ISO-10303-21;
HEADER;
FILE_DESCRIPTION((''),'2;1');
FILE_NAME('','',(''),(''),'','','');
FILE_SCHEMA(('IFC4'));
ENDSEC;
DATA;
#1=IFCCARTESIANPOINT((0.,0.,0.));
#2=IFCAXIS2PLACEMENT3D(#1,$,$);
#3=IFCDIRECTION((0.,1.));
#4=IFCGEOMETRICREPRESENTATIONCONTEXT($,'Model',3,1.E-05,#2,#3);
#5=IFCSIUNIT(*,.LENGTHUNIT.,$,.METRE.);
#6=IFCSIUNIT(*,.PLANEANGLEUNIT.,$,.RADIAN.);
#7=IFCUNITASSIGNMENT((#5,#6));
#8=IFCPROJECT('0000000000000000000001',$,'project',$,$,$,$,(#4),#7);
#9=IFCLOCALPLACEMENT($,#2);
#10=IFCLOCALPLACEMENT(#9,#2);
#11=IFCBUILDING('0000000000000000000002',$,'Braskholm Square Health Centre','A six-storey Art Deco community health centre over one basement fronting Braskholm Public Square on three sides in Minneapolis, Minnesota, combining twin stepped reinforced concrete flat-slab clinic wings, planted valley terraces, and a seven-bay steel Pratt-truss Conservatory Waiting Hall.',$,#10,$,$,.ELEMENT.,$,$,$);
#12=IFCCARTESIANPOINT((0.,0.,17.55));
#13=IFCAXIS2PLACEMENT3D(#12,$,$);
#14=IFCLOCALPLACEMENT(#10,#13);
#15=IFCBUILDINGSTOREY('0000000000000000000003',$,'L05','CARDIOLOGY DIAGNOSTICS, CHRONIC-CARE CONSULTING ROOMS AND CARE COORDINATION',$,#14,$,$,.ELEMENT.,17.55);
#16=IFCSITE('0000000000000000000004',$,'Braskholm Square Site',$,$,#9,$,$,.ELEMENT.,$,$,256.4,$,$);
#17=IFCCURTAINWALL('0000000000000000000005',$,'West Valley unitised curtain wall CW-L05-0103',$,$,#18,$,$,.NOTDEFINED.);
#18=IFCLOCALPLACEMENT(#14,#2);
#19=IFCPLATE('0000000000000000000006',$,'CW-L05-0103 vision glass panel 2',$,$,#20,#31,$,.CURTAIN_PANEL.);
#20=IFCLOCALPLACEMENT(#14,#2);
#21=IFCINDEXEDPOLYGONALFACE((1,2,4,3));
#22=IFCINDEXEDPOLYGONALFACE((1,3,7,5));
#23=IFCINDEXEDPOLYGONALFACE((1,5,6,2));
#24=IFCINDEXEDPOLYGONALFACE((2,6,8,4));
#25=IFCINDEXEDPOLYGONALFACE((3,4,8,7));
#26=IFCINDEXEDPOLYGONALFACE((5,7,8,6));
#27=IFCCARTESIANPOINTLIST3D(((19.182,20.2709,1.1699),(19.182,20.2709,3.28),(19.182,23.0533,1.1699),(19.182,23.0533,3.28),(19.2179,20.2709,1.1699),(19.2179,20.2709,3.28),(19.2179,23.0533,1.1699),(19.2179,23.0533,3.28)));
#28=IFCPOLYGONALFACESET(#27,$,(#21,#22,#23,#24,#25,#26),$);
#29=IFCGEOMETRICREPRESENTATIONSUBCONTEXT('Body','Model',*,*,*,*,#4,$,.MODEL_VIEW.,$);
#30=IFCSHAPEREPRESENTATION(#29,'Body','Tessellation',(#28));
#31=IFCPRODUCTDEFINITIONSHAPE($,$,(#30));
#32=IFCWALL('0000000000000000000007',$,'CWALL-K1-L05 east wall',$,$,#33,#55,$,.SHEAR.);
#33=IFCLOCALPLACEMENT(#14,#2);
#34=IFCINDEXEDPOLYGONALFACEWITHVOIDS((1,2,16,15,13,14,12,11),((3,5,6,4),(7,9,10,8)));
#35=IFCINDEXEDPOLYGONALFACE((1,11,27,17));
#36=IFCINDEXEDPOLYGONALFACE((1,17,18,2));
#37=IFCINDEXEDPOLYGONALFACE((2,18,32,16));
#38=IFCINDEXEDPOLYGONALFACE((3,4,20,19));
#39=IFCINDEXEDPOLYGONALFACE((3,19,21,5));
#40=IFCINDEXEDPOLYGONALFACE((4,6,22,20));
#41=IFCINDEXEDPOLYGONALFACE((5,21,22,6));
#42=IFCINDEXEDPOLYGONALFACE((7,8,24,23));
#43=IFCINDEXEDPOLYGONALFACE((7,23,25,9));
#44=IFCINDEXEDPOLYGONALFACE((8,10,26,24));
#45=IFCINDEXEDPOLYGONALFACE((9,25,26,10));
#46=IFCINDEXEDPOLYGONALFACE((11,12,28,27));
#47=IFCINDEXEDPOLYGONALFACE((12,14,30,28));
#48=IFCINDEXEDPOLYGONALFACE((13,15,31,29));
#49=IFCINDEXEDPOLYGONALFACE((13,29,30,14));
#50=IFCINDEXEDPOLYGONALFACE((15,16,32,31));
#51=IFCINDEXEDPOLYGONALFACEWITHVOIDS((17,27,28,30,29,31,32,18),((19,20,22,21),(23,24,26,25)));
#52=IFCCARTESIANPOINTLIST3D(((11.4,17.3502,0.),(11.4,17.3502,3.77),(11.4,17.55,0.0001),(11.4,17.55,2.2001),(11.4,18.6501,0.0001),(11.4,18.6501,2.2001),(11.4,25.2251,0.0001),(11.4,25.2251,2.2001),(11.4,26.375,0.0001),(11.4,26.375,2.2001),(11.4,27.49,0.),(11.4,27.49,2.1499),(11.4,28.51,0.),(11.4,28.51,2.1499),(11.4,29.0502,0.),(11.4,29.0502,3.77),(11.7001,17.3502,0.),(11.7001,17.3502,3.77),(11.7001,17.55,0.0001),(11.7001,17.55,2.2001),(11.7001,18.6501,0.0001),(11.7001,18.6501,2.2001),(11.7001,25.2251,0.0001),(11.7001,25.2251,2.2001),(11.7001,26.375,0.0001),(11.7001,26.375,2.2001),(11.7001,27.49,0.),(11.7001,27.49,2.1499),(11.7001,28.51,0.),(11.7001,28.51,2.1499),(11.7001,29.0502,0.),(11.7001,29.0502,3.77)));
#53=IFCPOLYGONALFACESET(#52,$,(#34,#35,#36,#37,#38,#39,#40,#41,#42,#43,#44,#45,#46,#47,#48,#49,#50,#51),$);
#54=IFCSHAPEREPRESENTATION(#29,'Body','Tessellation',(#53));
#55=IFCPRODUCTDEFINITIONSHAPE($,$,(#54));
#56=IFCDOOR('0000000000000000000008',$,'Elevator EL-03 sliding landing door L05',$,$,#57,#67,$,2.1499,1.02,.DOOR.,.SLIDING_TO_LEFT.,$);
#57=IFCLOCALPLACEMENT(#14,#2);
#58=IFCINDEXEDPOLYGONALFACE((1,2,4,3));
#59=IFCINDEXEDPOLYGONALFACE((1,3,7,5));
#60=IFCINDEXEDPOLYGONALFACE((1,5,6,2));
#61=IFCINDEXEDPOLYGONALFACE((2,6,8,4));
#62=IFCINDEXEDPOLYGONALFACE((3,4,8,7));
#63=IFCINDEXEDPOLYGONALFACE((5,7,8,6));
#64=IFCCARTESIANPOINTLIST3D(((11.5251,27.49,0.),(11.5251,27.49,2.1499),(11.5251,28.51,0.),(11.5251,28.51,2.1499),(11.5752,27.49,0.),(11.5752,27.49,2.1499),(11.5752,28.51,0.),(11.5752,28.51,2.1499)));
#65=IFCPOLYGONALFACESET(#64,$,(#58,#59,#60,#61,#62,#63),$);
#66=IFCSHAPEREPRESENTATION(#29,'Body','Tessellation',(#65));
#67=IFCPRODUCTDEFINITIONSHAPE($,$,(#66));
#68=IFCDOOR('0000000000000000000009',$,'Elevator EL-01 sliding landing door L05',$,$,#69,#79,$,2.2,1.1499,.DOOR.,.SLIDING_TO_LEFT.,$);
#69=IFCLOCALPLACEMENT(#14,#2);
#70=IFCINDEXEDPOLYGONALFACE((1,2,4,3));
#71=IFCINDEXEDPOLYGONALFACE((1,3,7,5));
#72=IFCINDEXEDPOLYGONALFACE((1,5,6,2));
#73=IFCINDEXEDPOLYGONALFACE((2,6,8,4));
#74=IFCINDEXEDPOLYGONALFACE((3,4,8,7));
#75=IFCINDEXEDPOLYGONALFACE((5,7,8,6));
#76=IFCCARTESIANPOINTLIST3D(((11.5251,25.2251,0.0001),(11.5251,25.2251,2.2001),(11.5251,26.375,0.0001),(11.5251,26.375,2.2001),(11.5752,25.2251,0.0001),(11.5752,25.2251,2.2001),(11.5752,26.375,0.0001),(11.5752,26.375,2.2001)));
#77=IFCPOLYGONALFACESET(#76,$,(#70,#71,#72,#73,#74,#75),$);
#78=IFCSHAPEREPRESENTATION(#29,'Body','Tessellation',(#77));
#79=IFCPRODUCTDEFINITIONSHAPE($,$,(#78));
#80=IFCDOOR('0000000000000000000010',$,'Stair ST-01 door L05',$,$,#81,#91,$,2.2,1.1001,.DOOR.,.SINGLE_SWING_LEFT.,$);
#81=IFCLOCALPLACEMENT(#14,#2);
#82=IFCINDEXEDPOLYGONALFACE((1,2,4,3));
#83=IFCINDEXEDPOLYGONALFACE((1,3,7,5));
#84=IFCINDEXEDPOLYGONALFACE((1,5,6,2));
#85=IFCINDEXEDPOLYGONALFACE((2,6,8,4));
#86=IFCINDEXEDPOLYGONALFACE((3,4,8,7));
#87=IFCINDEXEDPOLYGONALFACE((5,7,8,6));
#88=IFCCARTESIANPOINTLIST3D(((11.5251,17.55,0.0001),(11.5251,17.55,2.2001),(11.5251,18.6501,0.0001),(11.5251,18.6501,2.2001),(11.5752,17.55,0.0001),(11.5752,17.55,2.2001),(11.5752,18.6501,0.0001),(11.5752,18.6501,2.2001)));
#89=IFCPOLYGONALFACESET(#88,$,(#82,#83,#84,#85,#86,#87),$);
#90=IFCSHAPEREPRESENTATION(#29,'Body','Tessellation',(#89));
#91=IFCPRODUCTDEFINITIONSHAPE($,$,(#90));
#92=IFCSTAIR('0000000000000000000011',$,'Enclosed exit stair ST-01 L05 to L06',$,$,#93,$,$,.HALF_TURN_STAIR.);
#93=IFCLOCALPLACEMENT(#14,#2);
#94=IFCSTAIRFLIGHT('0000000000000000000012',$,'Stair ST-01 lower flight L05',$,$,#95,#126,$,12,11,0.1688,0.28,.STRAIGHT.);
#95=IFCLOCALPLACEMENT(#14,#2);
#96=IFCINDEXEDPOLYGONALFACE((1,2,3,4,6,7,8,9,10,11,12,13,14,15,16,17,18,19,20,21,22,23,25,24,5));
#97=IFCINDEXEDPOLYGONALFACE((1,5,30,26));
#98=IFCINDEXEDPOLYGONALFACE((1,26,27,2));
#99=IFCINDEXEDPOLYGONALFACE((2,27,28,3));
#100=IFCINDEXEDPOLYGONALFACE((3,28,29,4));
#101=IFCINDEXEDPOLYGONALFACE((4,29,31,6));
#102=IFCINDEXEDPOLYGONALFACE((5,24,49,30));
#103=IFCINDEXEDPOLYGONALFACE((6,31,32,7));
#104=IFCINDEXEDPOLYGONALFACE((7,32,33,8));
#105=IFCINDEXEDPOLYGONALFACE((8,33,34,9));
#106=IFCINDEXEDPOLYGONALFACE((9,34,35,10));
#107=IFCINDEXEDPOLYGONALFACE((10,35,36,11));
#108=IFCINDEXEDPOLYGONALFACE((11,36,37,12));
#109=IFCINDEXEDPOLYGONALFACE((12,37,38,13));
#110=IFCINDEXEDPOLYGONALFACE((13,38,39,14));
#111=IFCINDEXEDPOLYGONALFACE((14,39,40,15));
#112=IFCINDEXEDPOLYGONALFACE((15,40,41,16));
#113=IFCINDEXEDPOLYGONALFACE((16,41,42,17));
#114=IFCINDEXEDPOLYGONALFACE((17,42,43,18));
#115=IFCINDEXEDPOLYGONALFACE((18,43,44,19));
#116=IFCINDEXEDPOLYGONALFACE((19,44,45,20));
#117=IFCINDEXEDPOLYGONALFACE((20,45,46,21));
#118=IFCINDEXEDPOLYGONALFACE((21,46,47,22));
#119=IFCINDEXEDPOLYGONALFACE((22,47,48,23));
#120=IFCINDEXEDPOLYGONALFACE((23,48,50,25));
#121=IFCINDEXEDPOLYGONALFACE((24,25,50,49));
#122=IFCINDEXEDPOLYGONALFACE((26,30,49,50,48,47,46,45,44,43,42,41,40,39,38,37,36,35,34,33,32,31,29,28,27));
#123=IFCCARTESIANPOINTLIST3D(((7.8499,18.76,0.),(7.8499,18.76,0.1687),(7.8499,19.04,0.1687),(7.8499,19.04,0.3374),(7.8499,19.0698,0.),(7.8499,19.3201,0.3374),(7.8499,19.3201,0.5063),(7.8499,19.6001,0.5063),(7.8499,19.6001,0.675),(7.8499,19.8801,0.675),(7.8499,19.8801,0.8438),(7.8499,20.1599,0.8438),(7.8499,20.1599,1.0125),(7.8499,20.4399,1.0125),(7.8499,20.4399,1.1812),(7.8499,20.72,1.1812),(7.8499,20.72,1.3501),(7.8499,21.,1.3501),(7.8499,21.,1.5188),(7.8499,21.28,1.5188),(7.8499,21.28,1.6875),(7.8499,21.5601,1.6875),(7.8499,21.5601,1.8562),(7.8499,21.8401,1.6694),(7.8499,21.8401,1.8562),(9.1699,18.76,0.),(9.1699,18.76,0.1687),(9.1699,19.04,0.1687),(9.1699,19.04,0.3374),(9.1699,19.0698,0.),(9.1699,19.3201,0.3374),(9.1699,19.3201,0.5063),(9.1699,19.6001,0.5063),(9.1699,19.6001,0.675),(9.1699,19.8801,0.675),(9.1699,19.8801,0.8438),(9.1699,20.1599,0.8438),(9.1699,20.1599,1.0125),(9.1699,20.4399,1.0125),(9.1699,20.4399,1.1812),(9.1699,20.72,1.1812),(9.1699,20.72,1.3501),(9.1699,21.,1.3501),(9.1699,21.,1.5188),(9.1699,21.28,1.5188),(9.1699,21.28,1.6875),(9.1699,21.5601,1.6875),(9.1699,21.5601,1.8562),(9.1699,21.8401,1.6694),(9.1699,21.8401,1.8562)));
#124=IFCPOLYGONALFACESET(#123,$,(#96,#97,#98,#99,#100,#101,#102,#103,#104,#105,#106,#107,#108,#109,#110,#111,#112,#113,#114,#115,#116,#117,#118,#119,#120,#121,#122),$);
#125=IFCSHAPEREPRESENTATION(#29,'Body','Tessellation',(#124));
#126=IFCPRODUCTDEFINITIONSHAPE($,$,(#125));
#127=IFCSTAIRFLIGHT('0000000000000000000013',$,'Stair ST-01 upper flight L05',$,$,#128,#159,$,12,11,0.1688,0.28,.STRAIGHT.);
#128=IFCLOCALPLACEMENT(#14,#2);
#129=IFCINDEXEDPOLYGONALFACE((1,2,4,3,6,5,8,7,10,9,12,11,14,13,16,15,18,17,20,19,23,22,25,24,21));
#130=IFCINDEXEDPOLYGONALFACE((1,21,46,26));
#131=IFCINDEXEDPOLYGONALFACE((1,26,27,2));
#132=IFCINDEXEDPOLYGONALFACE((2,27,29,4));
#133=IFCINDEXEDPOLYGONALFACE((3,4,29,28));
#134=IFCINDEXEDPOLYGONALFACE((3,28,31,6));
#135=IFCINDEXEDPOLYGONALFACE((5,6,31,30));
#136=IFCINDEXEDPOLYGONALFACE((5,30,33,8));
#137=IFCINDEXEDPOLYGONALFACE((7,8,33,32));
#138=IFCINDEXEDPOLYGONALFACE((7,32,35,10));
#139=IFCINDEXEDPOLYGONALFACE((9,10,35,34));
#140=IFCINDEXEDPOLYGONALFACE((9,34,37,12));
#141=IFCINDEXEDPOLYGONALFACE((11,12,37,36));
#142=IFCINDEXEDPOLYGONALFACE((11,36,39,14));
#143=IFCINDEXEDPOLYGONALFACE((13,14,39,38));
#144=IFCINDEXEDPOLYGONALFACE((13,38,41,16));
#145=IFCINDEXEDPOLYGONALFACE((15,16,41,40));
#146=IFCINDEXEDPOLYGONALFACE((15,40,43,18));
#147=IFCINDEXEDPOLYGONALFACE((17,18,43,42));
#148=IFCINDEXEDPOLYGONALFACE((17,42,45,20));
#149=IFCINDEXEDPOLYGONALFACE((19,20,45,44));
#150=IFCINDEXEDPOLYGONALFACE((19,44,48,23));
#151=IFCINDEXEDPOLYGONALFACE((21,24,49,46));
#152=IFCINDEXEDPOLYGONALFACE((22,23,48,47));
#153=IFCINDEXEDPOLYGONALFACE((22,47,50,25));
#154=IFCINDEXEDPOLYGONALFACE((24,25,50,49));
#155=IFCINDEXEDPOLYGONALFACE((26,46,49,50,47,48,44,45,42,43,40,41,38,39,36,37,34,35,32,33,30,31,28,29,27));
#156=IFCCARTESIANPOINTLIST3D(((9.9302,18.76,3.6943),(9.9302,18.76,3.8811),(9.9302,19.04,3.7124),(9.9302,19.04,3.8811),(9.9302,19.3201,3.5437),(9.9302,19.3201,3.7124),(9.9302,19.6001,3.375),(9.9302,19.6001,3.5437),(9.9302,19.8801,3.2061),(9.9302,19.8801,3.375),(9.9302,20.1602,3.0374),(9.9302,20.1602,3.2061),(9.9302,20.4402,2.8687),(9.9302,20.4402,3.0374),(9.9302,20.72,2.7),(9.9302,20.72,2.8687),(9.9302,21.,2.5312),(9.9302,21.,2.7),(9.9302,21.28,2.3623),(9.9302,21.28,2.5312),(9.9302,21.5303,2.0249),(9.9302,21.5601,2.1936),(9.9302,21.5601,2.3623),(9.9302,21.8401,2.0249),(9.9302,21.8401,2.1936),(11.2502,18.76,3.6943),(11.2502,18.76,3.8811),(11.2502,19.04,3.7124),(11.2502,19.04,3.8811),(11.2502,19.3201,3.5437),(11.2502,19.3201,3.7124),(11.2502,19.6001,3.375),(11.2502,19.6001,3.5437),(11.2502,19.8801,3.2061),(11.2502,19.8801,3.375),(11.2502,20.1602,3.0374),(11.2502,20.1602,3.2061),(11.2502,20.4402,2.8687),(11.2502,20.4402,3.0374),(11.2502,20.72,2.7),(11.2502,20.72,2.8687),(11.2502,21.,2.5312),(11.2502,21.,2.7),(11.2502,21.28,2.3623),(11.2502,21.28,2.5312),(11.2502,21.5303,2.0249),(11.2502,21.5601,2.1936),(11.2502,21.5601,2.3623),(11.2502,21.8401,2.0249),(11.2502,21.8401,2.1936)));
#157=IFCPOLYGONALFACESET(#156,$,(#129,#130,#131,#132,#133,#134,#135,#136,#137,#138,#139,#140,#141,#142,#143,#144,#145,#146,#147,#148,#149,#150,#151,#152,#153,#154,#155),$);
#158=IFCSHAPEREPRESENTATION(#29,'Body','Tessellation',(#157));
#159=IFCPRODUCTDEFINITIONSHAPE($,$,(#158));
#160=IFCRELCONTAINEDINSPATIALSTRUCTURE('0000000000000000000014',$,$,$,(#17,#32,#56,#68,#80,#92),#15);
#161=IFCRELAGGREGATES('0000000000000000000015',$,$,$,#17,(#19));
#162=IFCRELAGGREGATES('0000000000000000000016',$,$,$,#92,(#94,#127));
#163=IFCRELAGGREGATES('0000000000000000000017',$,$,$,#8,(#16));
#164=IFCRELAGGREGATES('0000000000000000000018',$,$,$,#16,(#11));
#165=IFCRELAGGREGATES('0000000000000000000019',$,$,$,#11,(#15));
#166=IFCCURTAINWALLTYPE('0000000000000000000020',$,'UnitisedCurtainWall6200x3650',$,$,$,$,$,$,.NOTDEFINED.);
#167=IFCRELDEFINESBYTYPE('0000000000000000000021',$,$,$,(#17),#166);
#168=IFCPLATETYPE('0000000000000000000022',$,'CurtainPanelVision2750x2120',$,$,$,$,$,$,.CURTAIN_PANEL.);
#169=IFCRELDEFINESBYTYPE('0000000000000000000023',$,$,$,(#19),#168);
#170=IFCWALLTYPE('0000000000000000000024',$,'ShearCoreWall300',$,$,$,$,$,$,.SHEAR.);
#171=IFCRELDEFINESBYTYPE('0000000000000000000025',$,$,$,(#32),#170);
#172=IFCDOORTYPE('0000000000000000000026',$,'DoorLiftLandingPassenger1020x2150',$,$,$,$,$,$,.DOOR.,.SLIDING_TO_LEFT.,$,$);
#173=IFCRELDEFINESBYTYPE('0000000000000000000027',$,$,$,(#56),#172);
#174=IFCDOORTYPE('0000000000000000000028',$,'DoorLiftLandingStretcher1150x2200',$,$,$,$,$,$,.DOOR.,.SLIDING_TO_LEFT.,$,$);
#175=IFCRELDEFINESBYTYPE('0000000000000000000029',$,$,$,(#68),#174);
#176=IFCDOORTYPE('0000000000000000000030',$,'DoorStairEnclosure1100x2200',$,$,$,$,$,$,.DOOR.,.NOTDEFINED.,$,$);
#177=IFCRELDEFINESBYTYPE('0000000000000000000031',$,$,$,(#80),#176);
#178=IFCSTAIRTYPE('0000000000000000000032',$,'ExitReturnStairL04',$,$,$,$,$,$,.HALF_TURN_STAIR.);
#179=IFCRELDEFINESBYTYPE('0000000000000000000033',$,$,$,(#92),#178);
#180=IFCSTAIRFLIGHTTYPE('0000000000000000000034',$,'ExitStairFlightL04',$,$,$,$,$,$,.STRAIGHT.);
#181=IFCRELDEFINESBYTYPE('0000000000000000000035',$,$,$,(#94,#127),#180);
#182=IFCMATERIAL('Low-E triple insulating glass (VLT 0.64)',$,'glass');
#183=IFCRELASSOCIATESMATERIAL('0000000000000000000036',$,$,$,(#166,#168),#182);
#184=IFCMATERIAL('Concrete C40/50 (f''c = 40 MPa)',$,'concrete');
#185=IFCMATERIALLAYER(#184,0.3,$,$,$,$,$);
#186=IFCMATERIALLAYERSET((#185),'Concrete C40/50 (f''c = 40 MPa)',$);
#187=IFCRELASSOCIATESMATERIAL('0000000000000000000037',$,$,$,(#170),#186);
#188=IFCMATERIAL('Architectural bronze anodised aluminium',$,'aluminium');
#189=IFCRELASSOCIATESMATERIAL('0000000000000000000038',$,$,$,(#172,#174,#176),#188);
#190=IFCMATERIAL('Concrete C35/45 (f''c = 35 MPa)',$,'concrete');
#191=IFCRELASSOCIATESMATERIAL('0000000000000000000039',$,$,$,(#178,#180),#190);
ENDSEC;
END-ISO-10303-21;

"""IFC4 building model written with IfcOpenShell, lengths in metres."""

from ifc_helpers import new_model, si_unit, direction, frame, frame_2d, origin, origin_with_axes, origin_2d, place, context, subcontext, project, spatial, polyline, rectangle, outline, extrude, material, layer, layer_set, type_object, element, fill, aggregate, save


model = new_model("IFC4")

# Units and contexts
model_context = context("Model", 3, precision=1e-05, world=origin(), true_north=direction((0.0, 1.0)))
body_context = subcontext(model_context, "Body", "Model", "MODEL_VIEW")
ifc_project = project(units=[si_unit("LENGTHUNIT", "METRE"), si_unit("PLANEANGLEUNIT", "RADIAN")], contexts=[model_context])

# Site, building, storey
site_placement = place(None, origin())
site = spatial("IfcSite", under=ifc_project, at=site_placement, Name="Braskholm Square Site", CompositionType="ELEMENT", RefElevation=256.4)
building_placement = place(site_placement, origin())
building = spatial("IfcBuilding", under=site, at=building_placement, Name="Braskholm Square Health Centre", Description="A six-storey Art Deco community health centre over one basement fronting Braskholm Public Square on three sides in Minneapolis, Minnesota, combining twin stepped reinforced concrete flat-slab clinic wings, planted valley terraces, and a seven-bay steel Pratt-truss Conservatory Waiting Hall.", CompositionType="ELEMENT")
storey_placement = place(building_placement, frame((0.0, 0.0, 17.55)))
storey = spatial("IfcBuildingStorey", under=building, at=storey_placement, Name="L05", Description="CARDIOLOGY DIAGNOSTICS, CHRONIC-CARE CONSULTING ROOMS AND CARE COORDINATION", CompositionType="ELEMENT", Elevation=17.55)

# Shared definitions
ifc_material_1 = material(Name="Concrete C40/50 (f'c = 40 MPa)", Category="concrete")

# Curtain wall
ifc_material_2 = material(Name="Low-E triple insulating glass (VLT 0.64)", Category="glass")
curtain_wall_type = type_object("IfcCurtainWallType", Name="UnitisedCurtainWall6200x3650", PredefinedType="NOTDEFINED", material=ifc_material_2)
curtain_wall_placement = place(storey_placement, origin())
curtain_wall = element("IfcCurtainWall", 1, at=curtain_wall_placement, inside=storey, type_object=curtain_wall_type, Name="West Valley unitised curtain wall CW-L05-0103", PredefinedType="NOTDEFINED")
ifc_material_3 = material(Name="Architectural bronze anodised aluminium", Category="aluminium")

# Shared definitions
ifc_material_4 = material(Name="Concrete C35/45 (f'c = 35 MPa)", Category="concrete")

# Plate
plate_type_1 = type_object("IfcPlateType", Name="CurtainPanelVision2750x2120", PredefinedType="CURTAIN_PANEL", material=ifc_material_2)
plate_1_placement = place(storey_placement, frame((19.2, 21.6621, 1.1699), z_axis=(0.0, 0.0, 1.0), x_axis=(0.0, 1.0, 0.0)))
plate_1 = element("IfcPlate", 2, at=plate_1_placement, type_object=plate_type_1, Name="CW-L05-0103 vision glass panel 2", PredefinedType="CURTAIN_PANEL", context=body_context, shape_type="SweptSolid", body=[
    extrude(rectangle(XDim=2.7825, YDim=0.0359, at=origin_2d()), origin(), (0.0, 0.0, 1.0), 2.1101),
])
aggregate(curtain_wall, [plate_1])

# Wall, openings, doors
ifc_layer = layer(ifc_material_1, 0.3)
ifc_layer_set = layer_set([ifc_layer], Name="Concrete C40/50 (f'c = 40 MPa)")
wall_type = type_object("IfcWallType", Name="ShearCoreWall300", PredefinedType="SHEAR", material=ifc_layer_set)
wall_placement = place(storey_placement, frame((11.55, 17.3501, 0.0), z_axis=(0.0, 0.0, 1.0), x_axis=(0.0, 1.0, 0.0)))
wall = element("IfcWall", 3, at=wall_placement, inside=storey, type_object=wall_type, Name="CWALL-K1-L05 east wall", PredefinedType="SHEAR", context=body_context, shape_type="SweptSolid", body=[
    extrude(rectangle(XDim=11.7, YDim=0.3, at=frame_2d((5.8501, 0.0))), origin(), (0.0, 0.0, 1.0), 3.77),
])
opening_1_placement = place(wall_placement, frame((0.2, 0.0, 0.0)))
opening_1 = element("IfcOpeningElement", 4, at=opening_1_placement, cuts=wall, PredefinedType="OPENING", context=body_context, shape_type="SweptSolid", body=[
    extrude(rectangle(XDim=1.1001, YDim=2.2, at=frame_2d((0.55, 1.1001))), frame((0.0, 0.1602, 0.0), z_axis=(0.0, -1.0, 0.0), x_axis=(1.0, 0.0, 0.0)), (0.0, 0.0, 1.0), 0.3201),
])
opening_2_placement = place(wall_placement, frame((7.875, 0.0, 0.0)))
opening_2 = element("IfcOpeningElement", 5, at=opening_2_placement, cuts=wall, PredefinedType="OPENING", context=body_context, shape_type="SweptSolid", body=[
    extrude(rectangle(XDim=1.1499, YDim=2.2, at=frame_2d((0.575, 1.1001))), frame((0.0, 0.1602, 0.0), z_axis=(0.0, -1.0, 0.0), x_axis=(1.0, 0.0, 0.0)), (0.0, 0.0, 1.0), 0.3201),
])
opening_3_placement = place(wall_placement, frame((10.1399, 0.0, 0.0)))
opening_3 = element("IfcOpeningElement", 6, at=opening_3_placement, cuts=wall, PredefinedType="OPENING", context=body_context, shape_type="SweptSolid", body=[
    extrude(rectangle(XDim=1.02, YDim=2.1499, at=frame_2d((0.51, 1.075))), frame((0.0, 0.1602, 0.0), z_axis=(0.0, -1.0, 0.0), x_axis=(1.0, 0.0, 0.0)), (0.0, 0.0, 1.0), 0.3201),
])
door_type_1 = type_object("IfcDoorType", Name="DoorLiftLandingPassenger1020x2150", OperationType="SLIDING_TO_LEFT", PredefinedType="DOOR", material=ifc_material_3)
door_1_placement = place(opening_3_placement, origin_with_axes())
door_1 = element("IfcDoor", 7, at=door_1_placement, inside=storey, type_object=door_type_1, Name="Elevator EL-03 sliding landing door L05", OperationType="SLIDING_TO_LEFT", OverallHeight=2.1499, OverallWidth=1.02, PredefinedType="DOOR", context=body_context, shape_type="SweptSolid", body=[
    extrude(rectangle(XDim=1.02, YDim=2.1499, at=frame_2d((0.51, 1.075))), frame((0.0, 0.0249, 0.0), z_axis=(0.0, -1.0, 0.0), x_axis=(1.0, 0.0, 0.0)), (0.0, 0.0, 1.0), 0.05),
])
fill(opening_3, door_1)
door_type_2 = type_object("IfcDoorType", Name="DoorLiftLandingStretcher1150x2200", OperationType="SLIDING_TO_LEFT", PredefinedType="DOOR", material=ifc_material_3)
door_2_placement = place(opening_2_placement, origin_with_axes())
door_2 = element("IfcDoor", 8, at=door_2_placement, inside=storey, type_object=door_type_2, Name="Elevator EL-01 sliding landing door L05", OperationType="SLIDING_TO_LEFT", OverallHeight=2.2, OverallWidth=1.1499, PredefinedType="DOOR", context=body_context, shape_type="SweptSolid", body=[
    extrude(rectangle(XDim=1.1499, YDim=2.2, at=frame_2d((0.575, 1.1001))), frame((0.0, 0.0249, 0.0), z_axis=(0.0, -1.0, 0.0), x_axis=(1.0, 0.0, 0.0)), (0.0, 0.0, 1.0), 0.05),
])
fill(opening_2, door_2)
door_type_3 = type_object("IfcDoorType", Name="DoorStairEnclosure1100x2200", OperationType="NOTDEFINED", PredefinedType="DOOR", material=ifc_material_3)
door_3_placement = place(opening_1_placement, origin_with_axes())
door_3 = element("IfcDoor", 9, at=door_3_placement, inside=storey, type_object=door_type_3, Name="Stair ST-01 door L05", OperationType="SINGLE_SWING_LEFT", OverallHeight=2.2, OverallWidth=1.1001, PredefinedType="DOOR", context=body_context, shape_type="SweptSolid", body=[
    extrude(rectangle(XDim=1.1001, YDim=2.2, at=frame_2d((0.55, 1.1001))), frame((0.0, 0.0249, 0.0), z_axis=(0.0, -1.0, 0.0), x_axis=(1.0, 0.0, 0.0)), (0.0, 0.0, 1.0), 0.05),
])
fill(opening_1, door_3)

# Stair, stair flights
stair_type = type_object("IfcStairType", Name="ExitReturnStairL04", PredefinedType="HALF_TURN_STAIR", material=ifc_material_4)
stair_placement = place(storey_placement, origin())
stair = element("IfcStair", 10, at=stair_placement, inside=storey, type_object=stair_type, Name="Enclosed exit stair ST-01 L05 to L06", PredefinedType="HALF_TURN_STAIR")
stair_flight_type = type_object("IfcStairFlightType", Name="ExitStairFlightL04", PredefinedType="STRAIGHT", material=ifc_material_4)
stair_flight_1_placement = place(storey_placement, frame((8.51, 18.76, 0.0), z_axis=(0.0, 0.0, 1.0), x_axis=(0.0, 1.0, 0.0)))
stair_flight_1 = element("IfcStairFlight", 11, at=stair_flight_1_placement, type_object=stair_flight_type, Name="Stair ST-01 lower flight L05", NumberOfRisers=12, NumberOfTreads=11, PredefinedType="STRAIGHT", RiserHeight=0.1688, TreadLength=0.28, context=body_context, shape_type="SweptSolid", body=[
    extrude(outline(polyline([(0.0, 0.0), (0.0, 0.1687), (0.28, 0.1687), (0.28, 0.3374), (0.5601, 0.3374), (0.5601, 0.5063), (0.8401, 0.5063), (0.8401, 0.675), (1.1201, 0.675), (1.1201, 0.8438), (1.3999, 0.8438), (1.3999, 1.0125), (1.6799, 1.0125), (1.6799, 1.1812), (1.96, 1.1812), (1.96, 1.3501), (2.24, 1.3501), (2.24, 1.5188), (2.52, 1.5188), (2.52, 1.6875), (2.8, 1.6875), (2.8, 1.8562), (3.0801, 1.8562), (3.0801, 2.0249), (3.0801, 1.6694), (0.3098, 0.0), (0.0, 0.0)])), frame((0.0, 0.6602, 0.0), z_axis=(0.0, -1.0, 0.0), x_axis=(1.0, 0.0, 0.0)), (0.0, 0.0, 1.0), 1.3201),
])
stair_flight_2_placement = place(storey_placement, frame((10.5901, 21.8401, 2.0249), z_axis=(0.0, 0.0, 1.0), x_axis=(0.0, -1.0, 0.0)))
stair_flight_2 = element("IfcStairFlight", 12, at=stair_flight_2_placement, type_object=stair_flight_type, Name="Stair ST-01 upper flight L05", NumberOfRisers=12, NumberOfTreads=11, PredefinedType="STRAIGHT", RiserHeight=0.1688, TreadLength=0.28, context=body_context, shape_type="SweptSolid", body=[
    extrude(outline(polyline([(0.0, 0.0), (0.0, 0.1687), (0.28, 0.1687), (0.28, 0.3374), (0.5601, 0.3374), (0.5601, 0.5063), (0.8401, 0.5063), (0.8401, 0.675), (1.1201, 0.675), (1.1201, 0.8438), (1.3999, 0.8438), (1.3999, 1.0125), (1.6799, 1.0125), (1.6799, 1.1812), (1.96, 1.1812), (1.96, 1.3501), (2.24, 1.3501), (2.24, 1.5188), (2.52, 1.5188), (2.52, 1.6875), (2.8, 1.6875), (2.8, 1.8562), (3.0801, 1.8562), (3.0801, 2.0249), (3.0801, 1.6694), (0.3098, 0.0), (0.0, 0.0)])), frame((0.0, 0.6602, 0.0), z_axis=(0.0, -1.0, 0.0), x_axis=(1.0, 0.0, 0.0)), (0.0, 0.0, 1.0), 1.3201),
])
aggregate(stair, [stair_flight_1, stair_flight_2])

save(model, "model.ifc")
